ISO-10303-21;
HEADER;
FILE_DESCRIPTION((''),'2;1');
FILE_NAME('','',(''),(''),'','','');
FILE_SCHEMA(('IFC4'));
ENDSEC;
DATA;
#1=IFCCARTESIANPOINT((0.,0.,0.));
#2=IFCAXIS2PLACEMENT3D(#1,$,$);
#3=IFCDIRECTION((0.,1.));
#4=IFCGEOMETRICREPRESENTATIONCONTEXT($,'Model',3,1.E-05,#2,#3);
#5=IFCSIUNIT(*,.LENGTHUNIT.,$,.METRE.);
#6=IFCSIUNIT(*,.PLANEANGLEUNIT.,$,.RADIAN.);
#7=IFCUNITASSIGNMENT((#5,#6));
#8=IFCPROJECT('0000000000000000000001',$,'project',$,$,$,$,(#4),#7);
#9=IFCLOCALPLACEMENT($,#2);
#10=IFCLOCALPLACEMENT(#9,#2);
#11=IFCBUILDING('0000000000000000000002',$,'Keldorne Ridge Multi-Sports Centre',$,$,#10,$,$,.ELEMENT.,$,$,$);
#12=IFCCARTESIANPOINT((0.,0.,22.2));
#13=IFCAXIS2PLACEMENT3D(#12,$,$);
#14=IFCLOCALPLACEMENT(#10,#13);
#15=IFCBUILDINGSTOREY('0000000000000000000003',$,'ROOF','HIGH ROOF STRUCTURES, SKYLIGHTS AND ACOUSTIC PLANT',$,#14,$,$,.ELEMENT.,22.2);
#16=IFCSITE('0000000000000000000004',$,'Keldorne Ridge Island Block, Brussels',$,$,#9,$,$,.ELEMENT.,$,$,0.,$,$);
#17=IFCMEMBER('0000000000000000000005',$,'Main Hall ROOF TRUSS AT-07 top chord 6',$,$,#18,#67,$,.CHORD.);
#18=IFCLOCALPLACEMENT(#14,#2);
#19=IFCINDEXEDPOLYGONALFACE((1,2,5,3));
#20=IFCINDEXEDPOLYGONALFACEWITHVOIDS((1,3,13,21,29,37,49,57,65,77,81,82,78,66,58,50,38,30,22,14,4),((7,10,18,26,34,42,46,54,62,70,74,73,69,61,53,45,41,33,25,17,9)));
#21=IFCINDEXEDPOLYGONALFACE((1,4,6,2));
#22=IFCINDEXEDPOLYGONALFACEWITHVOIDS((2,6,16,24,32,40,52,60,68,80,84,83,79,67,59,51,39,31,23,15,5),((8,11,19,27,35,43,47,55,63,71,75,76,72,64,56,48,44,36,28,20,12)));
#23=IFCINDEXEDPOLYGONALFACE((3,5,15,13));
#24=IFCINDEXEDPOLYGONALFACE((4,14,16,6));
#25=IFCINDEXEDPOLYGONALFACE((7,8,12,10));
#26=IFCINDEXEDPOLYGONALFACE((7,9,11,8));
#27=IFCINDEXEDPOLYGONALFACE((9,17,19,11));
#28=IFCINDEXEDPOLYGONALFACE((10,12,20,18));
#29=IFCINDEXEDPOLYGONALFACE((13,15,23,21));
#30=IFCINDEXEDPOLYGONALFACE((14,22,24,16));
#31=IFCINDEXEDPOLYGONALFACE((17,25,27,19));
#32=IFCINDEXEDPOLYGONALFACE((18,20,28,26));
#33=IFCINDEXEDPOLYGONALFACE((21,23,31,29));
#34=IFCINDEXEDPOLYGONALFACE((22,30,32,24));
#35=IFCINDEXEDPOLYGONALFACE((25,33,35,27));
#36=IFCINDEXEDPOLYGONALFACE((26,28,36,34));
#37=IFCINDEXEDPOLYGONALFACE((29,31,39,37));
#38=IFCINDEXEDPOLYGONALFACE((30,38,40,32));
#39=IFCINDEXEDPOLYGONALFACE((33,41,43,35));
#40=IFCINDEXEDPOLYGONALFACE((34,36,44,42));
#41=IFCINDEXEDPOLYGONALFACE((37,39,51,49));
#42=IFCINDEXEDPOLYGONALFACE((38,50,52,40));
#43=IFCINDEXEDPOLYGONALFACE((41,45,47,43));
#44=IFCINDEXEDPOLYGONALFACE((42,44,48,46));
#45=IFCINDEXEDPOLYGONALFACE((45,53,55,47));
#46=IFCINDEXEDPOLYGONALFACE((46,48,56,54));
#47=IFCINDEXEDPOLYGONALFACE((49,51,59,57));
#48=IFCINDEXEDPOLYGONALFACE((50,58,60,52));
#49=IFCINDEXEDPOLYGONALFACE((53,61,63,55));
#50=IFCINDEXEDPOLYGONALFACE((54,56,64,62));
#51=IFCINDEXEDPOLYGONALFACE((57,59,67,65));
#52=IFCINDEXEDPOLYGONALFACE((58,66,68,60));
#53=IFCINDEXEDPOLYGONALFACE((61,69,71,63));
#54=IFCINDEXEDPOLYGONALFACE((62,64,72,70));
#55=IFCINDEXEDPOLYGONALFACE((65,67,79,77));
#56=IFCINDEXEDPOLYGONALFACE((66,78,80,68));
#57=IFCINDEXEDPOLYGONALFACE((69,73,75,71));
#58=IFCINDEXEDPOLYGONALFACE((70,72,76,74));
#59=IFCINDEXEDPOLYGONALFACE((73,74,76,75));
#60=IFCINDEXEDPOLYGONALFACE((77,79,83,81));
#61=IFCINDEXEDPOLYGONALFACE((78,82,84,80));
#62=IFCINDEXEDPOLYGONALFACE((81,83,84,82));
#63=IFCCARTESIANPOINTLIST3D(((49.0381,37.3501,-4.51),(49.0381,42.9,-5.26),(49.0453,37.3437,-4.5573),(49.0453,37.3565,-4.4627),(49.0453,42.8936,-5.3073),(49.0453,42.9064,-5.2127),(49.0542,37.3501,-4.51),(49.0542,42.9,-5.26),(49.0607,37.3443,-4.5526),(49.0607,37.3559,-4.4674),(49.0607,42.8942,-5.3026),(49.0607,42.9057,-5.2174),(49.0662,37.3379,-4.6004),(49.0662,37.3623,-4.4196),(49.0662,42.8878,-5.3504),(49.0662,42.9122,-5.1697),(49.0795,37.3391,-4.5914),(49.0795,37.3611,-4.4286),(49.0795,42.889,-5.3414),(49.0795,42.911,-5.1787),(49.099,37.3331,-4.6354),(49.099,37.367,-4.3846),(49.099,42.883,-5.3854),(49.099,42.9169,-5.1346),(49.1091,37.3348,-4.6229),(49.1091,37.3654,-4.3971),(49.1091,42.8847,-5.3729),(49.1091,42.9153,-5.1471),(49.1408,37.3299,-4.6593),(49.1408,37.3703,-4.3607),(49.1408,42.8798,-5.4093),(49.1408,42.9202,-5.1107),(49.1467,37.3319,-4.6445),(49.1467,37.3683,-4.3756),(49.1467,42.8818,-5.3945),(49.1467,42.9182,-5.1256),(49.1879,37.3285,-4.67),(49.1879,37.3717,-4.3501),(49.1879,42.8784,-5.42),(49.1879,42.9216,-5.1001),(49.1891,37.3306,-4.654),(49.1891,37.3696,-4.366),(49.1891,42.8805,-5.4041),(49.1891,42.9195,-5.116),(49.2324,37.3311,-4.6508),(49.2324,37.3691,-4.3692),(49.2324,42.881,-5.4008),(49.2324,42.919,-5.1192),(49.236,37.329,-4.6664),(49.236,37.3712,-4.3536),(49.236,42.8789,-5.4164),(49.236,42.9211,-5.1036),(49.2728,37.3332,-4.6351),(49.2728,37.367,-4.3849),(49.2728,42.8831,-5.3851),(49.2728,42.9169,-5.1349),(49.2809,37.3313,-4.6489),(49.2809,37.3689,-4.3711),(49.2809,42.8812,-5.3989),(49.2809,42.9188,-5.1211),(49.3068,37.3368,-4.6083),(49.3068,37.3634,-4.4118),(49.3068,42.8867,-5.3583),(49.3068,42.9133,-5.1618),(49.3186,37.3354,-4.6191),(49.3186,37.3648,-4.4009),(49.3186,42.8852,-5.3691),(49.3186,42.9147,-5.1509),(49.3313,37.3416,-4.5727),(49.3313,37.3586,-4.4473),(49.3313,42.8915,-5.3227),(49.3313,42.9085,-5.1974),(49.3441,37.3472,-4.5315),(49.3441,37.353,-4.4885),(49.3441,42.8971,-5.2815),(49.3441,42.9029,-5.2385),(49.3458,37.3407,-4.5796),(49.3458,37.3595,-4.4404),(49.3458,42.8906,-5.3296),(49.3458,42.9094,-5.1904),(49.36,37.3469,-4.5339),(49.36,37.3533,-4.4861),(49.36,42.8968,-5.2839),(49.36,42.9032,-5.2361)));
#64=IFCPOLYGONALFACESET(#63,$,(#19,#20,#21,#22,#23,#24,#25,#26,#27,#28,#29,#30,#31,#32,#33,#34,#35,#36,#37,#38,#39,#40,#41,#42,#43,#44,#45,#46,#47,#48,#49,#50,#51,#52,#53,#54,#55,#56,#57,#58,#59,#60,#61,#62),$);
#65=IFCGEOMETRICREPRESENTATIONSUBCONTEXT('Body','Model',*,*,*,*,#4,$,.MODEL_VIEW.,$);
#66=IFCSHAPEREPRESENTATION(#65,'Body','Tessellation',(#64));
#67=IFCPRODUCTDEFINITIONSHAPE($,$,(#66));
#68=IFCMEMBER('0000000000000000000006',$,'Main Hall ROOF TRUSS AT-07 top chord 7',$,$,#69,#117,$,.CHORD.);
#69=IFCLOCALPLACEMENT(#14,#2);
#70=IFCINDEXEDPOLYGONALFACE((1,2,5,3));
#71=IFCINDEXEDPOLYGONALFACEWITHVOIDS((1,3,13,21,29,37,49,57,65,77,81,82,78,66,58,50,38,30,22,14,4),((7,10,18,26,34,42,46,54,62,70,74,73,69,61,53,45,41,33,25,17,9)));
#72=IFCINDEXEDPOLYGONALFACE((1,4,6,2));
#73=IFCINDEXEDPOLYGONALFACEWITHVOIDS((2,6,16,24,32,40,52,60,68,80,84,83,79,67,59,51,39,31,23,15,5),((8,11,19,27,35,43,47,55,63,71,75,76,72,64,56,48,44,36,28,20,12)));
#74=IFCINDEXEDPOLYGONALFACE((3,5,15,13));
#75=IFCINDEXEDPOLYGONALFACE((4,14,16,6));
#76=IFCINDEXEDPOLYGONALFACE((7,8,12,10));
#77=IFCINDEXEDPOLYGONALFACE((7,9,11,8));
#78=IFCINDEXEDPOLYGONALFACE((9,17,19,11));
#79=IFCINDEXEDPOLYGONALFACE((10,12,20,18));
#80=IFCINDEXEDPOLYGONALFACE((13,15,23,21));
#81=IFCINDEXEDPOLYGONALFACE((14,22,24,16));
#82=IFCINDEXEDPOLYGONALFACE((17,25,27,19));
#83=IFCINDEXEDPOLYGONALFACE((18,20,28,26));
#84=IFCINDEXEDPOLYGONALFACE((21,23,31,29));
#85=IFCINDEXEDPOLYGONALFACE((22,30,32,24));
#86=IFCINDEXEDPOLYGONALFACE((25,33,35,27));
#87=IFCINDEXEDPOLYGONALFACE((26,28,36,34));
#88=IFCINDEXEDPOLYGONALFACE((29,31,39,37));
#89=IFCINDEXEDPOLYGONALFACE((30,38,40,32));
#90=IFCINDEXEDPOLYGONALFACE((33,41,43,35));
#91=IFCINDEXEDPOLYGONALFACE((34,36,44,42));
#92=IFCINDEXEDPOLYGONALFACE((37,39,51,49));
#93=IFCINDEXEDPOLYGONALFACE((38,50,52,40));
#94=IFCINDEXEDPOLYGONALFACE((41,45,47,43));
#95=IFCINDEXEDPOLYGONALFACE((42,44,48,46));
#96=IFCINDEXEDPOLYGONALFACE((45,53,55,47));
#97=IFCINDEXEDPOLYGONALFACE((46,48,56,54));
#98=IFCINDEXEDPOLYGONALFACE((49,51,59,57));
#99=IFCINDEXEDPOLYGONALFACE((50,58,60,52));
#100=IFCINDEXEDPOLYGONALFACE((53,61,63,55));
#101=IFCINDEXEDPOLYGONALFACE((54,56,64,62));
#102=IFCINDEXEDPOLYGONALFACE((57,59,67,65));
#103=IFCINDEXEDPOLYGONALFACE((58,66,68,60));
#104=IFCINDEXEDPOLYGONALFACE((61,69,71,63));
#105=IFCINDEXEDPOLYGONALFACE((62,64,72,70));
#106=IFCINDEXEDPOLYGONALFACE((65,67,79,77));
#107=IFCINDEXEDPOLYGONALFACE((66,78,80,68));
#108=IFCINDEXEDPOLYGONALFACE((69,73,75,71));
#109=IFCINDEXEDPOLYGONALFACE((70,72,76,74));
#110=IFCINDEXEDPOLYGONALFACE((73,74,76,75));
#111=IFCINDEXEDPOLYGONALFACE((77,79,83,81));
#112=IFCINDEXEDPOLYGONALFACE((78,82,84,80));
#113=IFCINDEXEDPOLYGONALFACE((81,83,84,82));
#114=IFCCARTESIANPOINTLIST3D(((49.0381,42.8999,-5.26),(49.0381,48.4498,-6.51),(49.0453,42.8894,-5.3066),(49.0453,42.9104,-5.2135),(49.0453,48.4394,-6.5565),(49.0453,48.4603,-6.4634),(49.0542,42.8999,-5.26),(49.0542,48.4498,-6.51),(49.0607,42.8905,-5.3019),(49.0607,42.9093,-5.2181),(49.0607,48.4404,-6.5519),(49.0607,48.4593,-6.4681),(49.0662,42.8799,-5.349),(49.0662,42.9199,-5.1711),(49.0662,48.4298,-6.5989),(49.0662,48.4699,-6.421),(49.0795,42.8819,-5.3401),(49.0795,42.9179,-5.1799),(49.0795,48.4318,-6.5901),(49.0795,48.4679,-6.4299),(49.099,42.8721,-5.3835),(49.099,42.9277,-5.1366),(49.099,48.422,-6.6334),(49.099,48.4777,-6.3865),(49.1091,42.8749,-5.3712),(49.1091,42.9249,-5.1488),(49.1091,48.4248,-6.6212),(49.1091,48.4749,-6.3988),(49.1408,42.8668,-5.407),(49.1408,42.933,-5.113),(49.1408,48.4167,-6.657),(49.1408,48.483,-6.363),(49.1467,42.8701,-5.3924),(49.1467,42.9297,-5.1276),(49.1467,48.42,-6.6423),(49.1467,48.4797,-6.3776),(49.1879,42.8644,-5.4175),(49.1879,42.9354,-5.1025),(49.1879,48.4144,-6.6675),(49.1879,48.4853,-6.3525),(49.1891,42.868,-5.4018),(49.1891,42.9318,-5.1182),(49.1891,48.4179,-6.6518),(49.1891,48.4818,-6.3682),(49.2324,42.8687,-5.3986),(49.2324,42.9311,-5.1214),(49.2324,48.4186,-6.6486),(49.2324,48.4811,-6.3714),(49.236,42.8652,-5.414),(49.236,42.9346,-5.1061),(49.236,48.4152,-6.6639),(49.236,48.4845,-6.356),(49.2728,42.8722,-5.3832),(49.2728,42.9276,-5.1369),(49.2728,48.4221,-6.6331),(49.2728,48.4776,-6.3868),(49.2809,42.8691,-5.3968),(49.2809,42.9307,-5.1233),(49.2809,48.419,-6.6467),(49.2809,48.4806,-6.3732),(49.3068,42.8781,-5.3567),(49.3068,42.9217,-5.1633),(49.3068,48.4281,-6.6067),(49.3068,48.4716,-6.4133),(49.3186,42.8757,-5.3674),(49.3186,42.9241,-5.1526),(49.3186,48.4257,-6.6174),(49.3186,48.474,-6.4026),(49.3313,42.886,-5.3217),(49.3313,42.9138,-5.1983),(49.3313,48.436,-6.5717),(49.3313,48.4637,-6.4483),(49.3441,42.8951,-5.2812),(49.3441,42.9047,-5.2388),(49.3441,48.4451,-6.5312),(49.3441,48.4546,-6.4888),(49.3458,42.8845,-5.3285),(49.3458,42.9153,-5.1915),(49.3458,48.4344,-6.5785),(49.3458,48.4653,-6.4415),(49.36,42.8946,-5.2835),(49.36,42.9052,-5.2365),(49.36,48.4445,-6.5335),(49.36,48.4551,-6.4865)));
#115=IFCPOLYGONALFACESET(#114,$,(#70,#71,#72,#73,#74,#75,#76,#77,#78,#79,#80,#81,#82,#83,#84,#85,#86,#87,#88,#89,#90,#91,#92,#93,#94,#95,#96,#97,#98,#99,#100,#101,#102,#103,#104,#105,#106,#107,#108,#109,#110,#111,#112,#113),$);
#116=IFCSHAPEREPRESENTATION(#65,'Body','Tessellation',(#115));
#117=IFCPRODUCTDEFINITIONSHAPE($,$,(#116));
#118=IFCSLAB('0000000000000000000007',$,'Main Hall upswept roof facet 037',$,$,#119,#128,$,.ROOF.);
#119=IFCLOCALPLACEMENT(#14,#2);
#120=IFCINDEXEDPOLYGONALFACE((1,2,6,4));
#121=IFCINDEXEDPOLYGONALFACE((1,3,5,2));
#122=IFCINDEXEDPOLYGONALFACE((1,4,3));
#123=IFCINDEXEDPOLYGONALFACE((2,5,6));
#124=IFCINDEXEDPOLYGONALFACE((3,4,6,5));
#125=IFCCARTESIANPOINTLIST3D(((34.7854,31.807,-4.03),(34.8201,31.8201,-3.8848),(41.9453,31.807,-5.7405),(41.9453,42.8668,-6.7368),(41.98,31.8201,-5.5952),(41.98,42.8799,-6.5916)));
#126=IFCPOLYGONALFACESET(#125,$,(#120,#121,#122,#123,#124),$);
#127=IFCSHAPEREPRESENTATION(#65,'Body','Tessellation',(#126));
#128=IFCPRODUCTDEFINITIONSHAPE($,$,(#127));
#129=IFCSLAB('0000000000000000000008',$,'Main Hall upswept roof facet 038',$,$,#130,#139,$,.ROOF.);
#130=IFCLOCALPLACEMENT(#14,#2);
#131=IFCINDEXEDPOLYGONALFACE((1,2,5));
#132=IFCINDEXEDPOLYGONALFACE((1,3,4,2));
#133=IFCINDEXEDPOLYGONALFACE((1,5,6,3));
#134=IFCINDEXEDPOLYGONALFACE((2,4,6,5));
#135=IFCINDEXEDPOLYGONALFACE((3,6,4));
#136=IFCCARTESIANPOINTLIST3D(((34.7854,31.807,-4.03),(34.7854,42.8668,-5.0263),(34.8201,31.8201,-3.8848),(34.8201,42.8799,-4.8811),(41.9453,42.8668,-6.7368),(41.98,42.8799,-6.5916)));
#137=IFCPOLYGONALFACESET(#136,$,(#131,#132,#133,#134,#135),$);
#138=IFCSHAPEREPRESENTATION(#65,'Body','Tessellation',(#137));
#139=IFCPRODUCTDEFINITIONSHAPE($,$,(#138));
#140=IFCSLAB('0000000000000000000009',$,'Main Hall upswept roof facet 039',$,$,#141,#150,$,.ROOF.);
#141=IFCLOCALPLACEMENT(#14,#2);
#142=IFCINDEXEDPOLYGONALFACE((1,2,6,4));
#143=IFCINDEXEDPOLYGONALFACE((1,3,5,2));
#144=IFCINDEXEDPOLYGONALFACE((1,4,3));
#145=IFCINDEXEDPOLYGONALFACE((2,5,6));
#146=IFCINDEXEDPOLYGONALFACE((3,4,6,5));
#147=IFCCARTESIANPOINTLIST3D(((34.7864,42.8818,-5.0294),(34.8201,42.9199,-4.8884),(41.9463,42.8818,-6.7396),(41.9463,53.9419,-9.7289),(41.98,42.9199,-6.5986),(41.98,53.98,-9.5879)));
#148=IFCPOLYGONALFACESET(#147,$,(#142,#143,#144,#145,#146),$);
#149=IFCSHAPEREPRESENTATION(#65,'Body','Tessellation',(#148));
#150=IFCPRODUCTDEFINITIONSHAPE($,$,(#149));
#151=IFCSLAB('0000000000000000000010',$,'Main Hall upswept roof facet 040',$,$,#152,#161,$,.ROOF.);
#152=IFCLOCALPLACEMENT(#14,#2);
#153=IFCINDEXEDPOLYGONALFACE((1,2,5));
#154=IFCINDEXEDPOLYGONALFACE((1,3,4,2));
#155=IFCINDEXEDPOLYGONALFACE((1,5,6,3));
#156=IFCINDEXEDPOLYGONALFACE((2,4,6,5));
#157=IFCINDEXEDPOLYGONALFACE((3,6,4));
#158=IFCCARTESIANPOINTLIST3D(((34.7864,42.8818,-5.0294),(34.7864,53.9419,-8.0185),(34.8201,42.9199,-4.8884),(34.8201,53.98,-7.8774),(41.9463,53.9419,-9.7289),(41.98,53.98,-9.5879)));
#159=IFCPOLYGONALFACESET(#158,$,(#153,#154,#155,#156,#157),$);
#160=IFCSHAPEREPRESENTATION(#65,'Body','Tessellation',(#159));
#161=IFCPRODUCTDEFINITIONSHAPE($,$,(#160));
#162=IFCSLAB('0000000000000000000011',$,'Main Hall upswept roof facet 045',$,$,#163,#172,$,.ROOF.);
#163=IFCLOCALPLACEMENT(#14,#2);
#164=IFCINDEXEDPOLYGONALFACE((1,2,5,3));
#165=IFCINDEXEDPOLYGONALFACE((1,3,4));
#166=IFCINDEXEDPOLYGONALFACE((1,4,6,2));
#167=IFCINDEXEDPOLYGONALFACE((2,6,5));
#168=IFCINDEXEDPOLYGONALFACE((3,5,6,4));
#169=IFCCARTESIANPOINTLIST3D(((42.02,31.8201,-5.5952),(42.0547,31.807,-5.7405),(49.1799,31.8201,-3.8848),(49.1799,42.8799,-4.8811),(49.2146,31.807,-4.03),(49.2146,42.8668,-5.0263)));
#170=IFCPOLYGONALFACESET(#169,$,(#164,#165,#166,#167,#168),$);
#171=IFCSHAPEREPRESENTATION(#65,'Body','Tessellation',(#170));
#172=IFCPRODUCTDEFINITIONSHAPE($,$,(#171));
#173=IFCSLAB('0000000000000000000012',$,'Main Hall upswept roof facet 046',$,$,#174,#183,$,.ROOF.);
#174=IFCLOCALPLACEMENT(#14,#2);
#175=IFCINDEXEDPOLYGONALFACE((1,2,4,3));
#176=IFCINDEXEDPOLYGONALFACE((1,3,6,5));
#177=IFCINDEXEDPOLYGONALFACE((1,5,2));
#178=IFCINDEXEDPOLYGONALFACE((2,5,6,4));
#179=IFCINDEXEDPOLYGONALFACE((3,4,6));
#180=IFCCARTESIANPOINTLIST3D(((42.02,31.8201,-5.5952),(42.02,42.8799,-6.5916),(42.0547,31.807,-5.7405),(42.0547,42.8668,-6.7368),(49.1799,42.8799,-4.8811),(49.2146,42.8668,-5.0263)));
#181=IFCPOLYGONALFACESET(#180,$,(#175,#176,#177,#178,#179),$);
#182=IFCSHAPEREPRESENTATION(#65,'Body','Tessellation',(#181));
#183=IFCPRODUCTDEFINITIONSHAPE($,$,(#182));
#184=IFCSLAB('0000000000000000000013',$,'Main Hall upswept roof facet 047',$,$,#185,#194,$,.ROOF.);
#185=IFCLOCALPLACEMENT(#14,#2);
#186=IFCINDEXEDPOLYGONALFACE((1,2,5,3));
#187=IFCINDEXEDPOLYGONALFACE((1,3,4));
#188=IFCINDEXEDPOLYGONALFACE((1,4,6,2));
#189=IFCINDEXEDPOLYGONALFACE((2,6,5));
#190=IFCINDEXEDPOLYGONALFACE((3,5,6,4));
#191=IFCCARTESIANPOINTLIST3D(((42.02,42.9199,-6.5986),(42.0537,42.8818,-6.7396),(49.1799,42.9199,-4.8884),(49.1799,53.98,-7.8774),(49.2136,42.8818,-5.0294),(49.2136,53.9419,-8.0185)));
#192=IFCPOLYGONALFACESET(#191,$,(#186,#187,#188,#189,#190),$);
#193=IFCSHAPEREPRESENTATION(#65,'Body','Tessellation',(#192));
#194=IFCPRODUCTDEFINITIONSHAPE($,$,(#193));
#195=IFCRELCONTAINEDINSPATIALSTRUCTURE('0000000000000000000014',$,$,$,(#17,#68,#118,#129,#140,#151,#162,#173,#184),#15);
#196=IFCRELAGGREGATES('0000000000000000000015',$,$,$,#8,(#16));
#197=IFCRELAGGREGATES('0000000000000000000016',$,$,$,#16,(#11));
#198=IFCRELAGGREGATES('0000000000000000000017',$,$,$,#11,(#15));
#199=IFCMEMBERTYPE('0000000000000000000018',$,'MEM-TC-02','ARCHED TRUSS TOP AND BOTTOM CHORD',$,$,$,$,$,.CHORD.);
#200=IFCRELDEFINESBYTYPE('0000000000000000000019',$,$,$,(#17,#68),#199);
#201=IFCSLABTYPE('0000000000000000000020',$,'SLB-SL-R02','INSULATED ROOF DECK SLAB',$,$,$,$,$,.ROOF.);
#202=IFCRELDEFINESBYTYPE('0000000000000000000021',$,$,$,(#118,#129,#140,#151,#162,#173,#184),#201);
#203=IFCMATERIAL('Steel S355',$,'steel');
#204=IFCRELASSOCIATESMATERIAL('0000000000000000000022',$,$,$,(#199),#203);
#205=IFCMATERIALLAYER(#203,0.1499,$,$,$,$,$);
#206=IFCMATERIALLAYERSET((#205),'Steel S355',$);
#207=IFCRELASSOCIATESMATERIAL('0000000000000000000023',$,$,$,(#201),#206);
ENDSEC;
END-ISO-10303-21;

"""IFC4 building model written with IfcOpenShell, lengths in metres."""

from ifc_helpers import new_model, si_unit, direction, frame, origin, origin_2d, place, context, subcontext, project, spatial, polyline, hollow_circle, outline, extrude, material, layer, layer_set, material_profile, profile_set, type_object, element, save


model = new_model("IFC4")

# Units and contexts
model_context = context("Model", 3, precision=1e-05, world=origin(), true_north=direction((0.0, 1.0)))
body_context = subcontext(model_context, "Body", "Model", "MODEL_VIEW")
ifc_project = project(units=[si_unit("LENGTHUNIT", "METRE"), si_unit("PLANEANGLEUNIT", "RADIAN")], contexts=[model_context])

# Site, building, storey
site_placement = place(None, origin())
site = spatial("IfcSite", under=ifc_project, at=site_placement, Name="Keldorne Ridge Island Block, Brussels", CompositionType="ELEMENT", RefElevation=0.0)
building_placement = place(site_placement, origin())
building = spatial("IfcBuilding", under=site, at=building_placement, Name="Keldorne Ridge Multi-Sports Centre", CompositionType="ELEMENT")
storey_placement = place(building_placement, frame((0.0, 0.0, 22.2)))
storey = spatial("IfcBuildingStorey", under=building, at=storey_placement, Name="ROOF", Description="HIGH ROOF STRUCTURES, SKYLIGHTS AND ACOUSTIC PLANT", CompositionType="ELEMENT", Elevation=22.2)

# Members
ifc_material = material(Name="Steel S355", Category="steel")
ifc_material_profile_1 = material_profile(ifc_material, hollow_circle(Radius=0.1619, WallThickness=0.0161, at=origin_2d()), Name="CHS 323.9x16")
ifc_profile_set_1 = profile_set([ifc_material_profile_1], Name="Steel S355")
member_type_1 = type_object("IfcMemberType", Name="MEM-TC-02", Description="ARCHED TRUSS TOP AND BOTTOM CHORD", PredefinedType="CHORD", material=ifc_profile_set_1)
member_1_placement = place(storey_placement, frame((49.2, 37.3501, -4.51), z_axis=(0.0, 0.990992, -0.133923), x_axis=(-1.0, 0.0, 0.0)))
element("IfcMember", 1, at=member_1_placement, inside=storey, type_object=member_type_1, Name="Main Hall ROOF TRUSS AT-07 top chord 6", PredefinedType="CHORD", context=body_context, shape_type="SweptSolid", body=[
    extrude(hollow_circle(Radius=0.1619, WallThickness=0.0161, at=origin_2d()), origin(), (0.0, 0.0, 1.0), 5.6003),
])
member_2_placement = place(storey_placement, frame((49.2, 42.8999, -5.26), z_axis=(0.0, 0.975563, -0.219719), x_axis=(-1.0, 0.0, 0.0)))
element("IfcMember", 2, at=member_2_placement, inside=storey, type_object=member_type_1, Name="Main Hall ROOF TRUSS AT-07 top chord 7", PredefinedType="CHORD", context=body_context, shape_type="SweptSolid", body=[
    extrude(hollow_circle(Radius=0.1619, WallThickness=0.0161, at=origin_2d()), origin(), (0.0, 0.0, 1.0), 5.689),
])

# Slabs
ifc_layer_1 = layer(ifc_material, 0.1499)
ifc_layer_set_1 = layer_set([ifc_layer_1], Name="Steel S355")
slab_type_1 = type_object("IfcSlabType", Name="SLB-SL-R02", Description="INSULATED ROOF DECK SLAB", PredefinedType="ROOF", material=ifc_layer_set_1)
slab_1_placement = place(storey_placement, frame((34.8201, 31.8201, -3.8848), z_axis=(0.231467, 0.087286, 0.968919), x_axis=(0.972631, 0.0, -0.232354)))
element("IfcSlab", 3, at=slab_1_placement, inside=storey, type_object=slab_type_1, Name="Main Hall upswept roof facet 037", PredefinedType="ROOF", context=body_context, shape_type="SweptSolid", body=[
    extrude(outline(polyline([(0.0, 0.0), (7.3614, 0.0), (7.5929, 11.1022), (0.0, 0.0)])), origin(), (0.0, 0.0, -1.0), 0.1499),
])
slab_2_placement = place(storey_placement, frame((34.8201, 31.8201, -3.8848), z_axis=(0.231467, 0.087286, 0.968919), x_axis=(0.532324, 0.822273, -0.201244)))
element("IfcSlab", 4, at=slab_2_placement, inside=storey, type_object=slab_type_1, Name="Main Hall upswept roof facet 038", PredefinedType="ROOF", context=body_context, shape_type="SweptSolid", body=[
    extrude(outline(polyline([(0.0, 0.0), (13.4503, 0.0), (9.2947, 6.0763), (0.0, 0.0)])), origin(), (0.0, 0.0, -1.0), 0.1499),
])
slab_3_placement = place(storey_placement, frame((34.8201, 42.9199, -4.8884), z_axis=(0.224689, 0.254242, 0.940678), x_axis=(0.972639, 0.0, -0.232323)))
element("IfcSlab", 5, at=slab_3_placement, inside=storey, type_object=slab_type_1, Name="Main Hall upswept roof facet 039", PredefinedType="ROOF", context=body_context, shape_type="SweptSolid", body=[
    extrude(outline(polyline([(0.0, 0.0), (7.3613, 0.0), (8.0558, 11.4358), (0.0, 0.0)])), origin(), (0.0, 0.0, -1.0), 0.1499),
])
slab_4_placement = place(storey_placement, frame((34.8201, 42.9199, -4.8884), z_axis=(0.224721, 0.254221, 0.940677), x_axis=(0.511848, 0.790662, -0.335955)))
element("IfcSlab", 6, at=slab_4_placement, inside=storey, type_object=slab_type_1, Name="Main Hall upswept roof facet 040", PredefinedType="ROOF", context=body_context, shape_type="SweptSolid", body=[
    extrude(outline(polyline([(0.0, 0.0), (13.9884, 0.0), (9.7489, 6.0181), (0.0, 0.0)])), origin(), (0.0, 0.0, -1.0), 0.1499),
])
slab_5_placement = place(storey_placement, frame((42.02, 31.8201, -5.5952), z_axis=(-0.231467, 0.087286, 0.968919), x_axis=(0.972631, 0.0, 0.232354)))
element("IfcSlab", 7, at=slab_5_placement, inside=storey, type_object=slab_type_1, Name="Main Hall upswept roof facet 045", PredefinedType="ROOF", context=body_context, shape_type="SweptSolid", body=[
    extrude(outline(polyline([(0.0, 0.0), (7.3614, 0.0), (7.1299, 11.1022), (0.0, 0.0)])), origin(), (0.0, 0.0, -1.0), 0.1499),
])
slab_6_placement = place(storey_placement, frame((42.02, 31.8201, -5.5952), z_axis=(-0.231467, 0.087286, 0.968919), x_axis=(0.542645, 0.838216, 0.054122)))
element("IfcSlab", 8, at=slab_6_placement, inside=storey, type_object=slab_type_1, Name="Main Hall upswept roof facet 046", PredefinedType="ROOF", context=body_context, shape_type="SweptSolid", body=[
    extrude(outline(polyline([(0.0, 0.0), (13.1945, 0.0), (9.2166, 6.1941), (0.0, 0.0)])), origin(), (0.0, 0.0, -1.0), 0.1499),
])
slab_7_placement = place(storey_placement, frame((42.02, 42.9199, -6.5986), z_axis=(-0.22469, 0.254222, 0.940683), x_axis=(0.972639, 0.0, 0.232323)))
element("IfcSlab", 9, at=slab_7_placement, inside=storey, type_object=slab_type_1, Name="Main Hall upswept roof facet 047", PredefinedType="ROOF", context=body_context, shape_type="SweptSolid", body=[
    extrude(outline(polyline([(0.0, 0.0), (7.3613, 0.0), (6.6669, 11.4358), (0.0, 0.0)])), origin(), (0.0, 0.0, -1.0), 0.1499),
])

save(model, "model.ifc")
